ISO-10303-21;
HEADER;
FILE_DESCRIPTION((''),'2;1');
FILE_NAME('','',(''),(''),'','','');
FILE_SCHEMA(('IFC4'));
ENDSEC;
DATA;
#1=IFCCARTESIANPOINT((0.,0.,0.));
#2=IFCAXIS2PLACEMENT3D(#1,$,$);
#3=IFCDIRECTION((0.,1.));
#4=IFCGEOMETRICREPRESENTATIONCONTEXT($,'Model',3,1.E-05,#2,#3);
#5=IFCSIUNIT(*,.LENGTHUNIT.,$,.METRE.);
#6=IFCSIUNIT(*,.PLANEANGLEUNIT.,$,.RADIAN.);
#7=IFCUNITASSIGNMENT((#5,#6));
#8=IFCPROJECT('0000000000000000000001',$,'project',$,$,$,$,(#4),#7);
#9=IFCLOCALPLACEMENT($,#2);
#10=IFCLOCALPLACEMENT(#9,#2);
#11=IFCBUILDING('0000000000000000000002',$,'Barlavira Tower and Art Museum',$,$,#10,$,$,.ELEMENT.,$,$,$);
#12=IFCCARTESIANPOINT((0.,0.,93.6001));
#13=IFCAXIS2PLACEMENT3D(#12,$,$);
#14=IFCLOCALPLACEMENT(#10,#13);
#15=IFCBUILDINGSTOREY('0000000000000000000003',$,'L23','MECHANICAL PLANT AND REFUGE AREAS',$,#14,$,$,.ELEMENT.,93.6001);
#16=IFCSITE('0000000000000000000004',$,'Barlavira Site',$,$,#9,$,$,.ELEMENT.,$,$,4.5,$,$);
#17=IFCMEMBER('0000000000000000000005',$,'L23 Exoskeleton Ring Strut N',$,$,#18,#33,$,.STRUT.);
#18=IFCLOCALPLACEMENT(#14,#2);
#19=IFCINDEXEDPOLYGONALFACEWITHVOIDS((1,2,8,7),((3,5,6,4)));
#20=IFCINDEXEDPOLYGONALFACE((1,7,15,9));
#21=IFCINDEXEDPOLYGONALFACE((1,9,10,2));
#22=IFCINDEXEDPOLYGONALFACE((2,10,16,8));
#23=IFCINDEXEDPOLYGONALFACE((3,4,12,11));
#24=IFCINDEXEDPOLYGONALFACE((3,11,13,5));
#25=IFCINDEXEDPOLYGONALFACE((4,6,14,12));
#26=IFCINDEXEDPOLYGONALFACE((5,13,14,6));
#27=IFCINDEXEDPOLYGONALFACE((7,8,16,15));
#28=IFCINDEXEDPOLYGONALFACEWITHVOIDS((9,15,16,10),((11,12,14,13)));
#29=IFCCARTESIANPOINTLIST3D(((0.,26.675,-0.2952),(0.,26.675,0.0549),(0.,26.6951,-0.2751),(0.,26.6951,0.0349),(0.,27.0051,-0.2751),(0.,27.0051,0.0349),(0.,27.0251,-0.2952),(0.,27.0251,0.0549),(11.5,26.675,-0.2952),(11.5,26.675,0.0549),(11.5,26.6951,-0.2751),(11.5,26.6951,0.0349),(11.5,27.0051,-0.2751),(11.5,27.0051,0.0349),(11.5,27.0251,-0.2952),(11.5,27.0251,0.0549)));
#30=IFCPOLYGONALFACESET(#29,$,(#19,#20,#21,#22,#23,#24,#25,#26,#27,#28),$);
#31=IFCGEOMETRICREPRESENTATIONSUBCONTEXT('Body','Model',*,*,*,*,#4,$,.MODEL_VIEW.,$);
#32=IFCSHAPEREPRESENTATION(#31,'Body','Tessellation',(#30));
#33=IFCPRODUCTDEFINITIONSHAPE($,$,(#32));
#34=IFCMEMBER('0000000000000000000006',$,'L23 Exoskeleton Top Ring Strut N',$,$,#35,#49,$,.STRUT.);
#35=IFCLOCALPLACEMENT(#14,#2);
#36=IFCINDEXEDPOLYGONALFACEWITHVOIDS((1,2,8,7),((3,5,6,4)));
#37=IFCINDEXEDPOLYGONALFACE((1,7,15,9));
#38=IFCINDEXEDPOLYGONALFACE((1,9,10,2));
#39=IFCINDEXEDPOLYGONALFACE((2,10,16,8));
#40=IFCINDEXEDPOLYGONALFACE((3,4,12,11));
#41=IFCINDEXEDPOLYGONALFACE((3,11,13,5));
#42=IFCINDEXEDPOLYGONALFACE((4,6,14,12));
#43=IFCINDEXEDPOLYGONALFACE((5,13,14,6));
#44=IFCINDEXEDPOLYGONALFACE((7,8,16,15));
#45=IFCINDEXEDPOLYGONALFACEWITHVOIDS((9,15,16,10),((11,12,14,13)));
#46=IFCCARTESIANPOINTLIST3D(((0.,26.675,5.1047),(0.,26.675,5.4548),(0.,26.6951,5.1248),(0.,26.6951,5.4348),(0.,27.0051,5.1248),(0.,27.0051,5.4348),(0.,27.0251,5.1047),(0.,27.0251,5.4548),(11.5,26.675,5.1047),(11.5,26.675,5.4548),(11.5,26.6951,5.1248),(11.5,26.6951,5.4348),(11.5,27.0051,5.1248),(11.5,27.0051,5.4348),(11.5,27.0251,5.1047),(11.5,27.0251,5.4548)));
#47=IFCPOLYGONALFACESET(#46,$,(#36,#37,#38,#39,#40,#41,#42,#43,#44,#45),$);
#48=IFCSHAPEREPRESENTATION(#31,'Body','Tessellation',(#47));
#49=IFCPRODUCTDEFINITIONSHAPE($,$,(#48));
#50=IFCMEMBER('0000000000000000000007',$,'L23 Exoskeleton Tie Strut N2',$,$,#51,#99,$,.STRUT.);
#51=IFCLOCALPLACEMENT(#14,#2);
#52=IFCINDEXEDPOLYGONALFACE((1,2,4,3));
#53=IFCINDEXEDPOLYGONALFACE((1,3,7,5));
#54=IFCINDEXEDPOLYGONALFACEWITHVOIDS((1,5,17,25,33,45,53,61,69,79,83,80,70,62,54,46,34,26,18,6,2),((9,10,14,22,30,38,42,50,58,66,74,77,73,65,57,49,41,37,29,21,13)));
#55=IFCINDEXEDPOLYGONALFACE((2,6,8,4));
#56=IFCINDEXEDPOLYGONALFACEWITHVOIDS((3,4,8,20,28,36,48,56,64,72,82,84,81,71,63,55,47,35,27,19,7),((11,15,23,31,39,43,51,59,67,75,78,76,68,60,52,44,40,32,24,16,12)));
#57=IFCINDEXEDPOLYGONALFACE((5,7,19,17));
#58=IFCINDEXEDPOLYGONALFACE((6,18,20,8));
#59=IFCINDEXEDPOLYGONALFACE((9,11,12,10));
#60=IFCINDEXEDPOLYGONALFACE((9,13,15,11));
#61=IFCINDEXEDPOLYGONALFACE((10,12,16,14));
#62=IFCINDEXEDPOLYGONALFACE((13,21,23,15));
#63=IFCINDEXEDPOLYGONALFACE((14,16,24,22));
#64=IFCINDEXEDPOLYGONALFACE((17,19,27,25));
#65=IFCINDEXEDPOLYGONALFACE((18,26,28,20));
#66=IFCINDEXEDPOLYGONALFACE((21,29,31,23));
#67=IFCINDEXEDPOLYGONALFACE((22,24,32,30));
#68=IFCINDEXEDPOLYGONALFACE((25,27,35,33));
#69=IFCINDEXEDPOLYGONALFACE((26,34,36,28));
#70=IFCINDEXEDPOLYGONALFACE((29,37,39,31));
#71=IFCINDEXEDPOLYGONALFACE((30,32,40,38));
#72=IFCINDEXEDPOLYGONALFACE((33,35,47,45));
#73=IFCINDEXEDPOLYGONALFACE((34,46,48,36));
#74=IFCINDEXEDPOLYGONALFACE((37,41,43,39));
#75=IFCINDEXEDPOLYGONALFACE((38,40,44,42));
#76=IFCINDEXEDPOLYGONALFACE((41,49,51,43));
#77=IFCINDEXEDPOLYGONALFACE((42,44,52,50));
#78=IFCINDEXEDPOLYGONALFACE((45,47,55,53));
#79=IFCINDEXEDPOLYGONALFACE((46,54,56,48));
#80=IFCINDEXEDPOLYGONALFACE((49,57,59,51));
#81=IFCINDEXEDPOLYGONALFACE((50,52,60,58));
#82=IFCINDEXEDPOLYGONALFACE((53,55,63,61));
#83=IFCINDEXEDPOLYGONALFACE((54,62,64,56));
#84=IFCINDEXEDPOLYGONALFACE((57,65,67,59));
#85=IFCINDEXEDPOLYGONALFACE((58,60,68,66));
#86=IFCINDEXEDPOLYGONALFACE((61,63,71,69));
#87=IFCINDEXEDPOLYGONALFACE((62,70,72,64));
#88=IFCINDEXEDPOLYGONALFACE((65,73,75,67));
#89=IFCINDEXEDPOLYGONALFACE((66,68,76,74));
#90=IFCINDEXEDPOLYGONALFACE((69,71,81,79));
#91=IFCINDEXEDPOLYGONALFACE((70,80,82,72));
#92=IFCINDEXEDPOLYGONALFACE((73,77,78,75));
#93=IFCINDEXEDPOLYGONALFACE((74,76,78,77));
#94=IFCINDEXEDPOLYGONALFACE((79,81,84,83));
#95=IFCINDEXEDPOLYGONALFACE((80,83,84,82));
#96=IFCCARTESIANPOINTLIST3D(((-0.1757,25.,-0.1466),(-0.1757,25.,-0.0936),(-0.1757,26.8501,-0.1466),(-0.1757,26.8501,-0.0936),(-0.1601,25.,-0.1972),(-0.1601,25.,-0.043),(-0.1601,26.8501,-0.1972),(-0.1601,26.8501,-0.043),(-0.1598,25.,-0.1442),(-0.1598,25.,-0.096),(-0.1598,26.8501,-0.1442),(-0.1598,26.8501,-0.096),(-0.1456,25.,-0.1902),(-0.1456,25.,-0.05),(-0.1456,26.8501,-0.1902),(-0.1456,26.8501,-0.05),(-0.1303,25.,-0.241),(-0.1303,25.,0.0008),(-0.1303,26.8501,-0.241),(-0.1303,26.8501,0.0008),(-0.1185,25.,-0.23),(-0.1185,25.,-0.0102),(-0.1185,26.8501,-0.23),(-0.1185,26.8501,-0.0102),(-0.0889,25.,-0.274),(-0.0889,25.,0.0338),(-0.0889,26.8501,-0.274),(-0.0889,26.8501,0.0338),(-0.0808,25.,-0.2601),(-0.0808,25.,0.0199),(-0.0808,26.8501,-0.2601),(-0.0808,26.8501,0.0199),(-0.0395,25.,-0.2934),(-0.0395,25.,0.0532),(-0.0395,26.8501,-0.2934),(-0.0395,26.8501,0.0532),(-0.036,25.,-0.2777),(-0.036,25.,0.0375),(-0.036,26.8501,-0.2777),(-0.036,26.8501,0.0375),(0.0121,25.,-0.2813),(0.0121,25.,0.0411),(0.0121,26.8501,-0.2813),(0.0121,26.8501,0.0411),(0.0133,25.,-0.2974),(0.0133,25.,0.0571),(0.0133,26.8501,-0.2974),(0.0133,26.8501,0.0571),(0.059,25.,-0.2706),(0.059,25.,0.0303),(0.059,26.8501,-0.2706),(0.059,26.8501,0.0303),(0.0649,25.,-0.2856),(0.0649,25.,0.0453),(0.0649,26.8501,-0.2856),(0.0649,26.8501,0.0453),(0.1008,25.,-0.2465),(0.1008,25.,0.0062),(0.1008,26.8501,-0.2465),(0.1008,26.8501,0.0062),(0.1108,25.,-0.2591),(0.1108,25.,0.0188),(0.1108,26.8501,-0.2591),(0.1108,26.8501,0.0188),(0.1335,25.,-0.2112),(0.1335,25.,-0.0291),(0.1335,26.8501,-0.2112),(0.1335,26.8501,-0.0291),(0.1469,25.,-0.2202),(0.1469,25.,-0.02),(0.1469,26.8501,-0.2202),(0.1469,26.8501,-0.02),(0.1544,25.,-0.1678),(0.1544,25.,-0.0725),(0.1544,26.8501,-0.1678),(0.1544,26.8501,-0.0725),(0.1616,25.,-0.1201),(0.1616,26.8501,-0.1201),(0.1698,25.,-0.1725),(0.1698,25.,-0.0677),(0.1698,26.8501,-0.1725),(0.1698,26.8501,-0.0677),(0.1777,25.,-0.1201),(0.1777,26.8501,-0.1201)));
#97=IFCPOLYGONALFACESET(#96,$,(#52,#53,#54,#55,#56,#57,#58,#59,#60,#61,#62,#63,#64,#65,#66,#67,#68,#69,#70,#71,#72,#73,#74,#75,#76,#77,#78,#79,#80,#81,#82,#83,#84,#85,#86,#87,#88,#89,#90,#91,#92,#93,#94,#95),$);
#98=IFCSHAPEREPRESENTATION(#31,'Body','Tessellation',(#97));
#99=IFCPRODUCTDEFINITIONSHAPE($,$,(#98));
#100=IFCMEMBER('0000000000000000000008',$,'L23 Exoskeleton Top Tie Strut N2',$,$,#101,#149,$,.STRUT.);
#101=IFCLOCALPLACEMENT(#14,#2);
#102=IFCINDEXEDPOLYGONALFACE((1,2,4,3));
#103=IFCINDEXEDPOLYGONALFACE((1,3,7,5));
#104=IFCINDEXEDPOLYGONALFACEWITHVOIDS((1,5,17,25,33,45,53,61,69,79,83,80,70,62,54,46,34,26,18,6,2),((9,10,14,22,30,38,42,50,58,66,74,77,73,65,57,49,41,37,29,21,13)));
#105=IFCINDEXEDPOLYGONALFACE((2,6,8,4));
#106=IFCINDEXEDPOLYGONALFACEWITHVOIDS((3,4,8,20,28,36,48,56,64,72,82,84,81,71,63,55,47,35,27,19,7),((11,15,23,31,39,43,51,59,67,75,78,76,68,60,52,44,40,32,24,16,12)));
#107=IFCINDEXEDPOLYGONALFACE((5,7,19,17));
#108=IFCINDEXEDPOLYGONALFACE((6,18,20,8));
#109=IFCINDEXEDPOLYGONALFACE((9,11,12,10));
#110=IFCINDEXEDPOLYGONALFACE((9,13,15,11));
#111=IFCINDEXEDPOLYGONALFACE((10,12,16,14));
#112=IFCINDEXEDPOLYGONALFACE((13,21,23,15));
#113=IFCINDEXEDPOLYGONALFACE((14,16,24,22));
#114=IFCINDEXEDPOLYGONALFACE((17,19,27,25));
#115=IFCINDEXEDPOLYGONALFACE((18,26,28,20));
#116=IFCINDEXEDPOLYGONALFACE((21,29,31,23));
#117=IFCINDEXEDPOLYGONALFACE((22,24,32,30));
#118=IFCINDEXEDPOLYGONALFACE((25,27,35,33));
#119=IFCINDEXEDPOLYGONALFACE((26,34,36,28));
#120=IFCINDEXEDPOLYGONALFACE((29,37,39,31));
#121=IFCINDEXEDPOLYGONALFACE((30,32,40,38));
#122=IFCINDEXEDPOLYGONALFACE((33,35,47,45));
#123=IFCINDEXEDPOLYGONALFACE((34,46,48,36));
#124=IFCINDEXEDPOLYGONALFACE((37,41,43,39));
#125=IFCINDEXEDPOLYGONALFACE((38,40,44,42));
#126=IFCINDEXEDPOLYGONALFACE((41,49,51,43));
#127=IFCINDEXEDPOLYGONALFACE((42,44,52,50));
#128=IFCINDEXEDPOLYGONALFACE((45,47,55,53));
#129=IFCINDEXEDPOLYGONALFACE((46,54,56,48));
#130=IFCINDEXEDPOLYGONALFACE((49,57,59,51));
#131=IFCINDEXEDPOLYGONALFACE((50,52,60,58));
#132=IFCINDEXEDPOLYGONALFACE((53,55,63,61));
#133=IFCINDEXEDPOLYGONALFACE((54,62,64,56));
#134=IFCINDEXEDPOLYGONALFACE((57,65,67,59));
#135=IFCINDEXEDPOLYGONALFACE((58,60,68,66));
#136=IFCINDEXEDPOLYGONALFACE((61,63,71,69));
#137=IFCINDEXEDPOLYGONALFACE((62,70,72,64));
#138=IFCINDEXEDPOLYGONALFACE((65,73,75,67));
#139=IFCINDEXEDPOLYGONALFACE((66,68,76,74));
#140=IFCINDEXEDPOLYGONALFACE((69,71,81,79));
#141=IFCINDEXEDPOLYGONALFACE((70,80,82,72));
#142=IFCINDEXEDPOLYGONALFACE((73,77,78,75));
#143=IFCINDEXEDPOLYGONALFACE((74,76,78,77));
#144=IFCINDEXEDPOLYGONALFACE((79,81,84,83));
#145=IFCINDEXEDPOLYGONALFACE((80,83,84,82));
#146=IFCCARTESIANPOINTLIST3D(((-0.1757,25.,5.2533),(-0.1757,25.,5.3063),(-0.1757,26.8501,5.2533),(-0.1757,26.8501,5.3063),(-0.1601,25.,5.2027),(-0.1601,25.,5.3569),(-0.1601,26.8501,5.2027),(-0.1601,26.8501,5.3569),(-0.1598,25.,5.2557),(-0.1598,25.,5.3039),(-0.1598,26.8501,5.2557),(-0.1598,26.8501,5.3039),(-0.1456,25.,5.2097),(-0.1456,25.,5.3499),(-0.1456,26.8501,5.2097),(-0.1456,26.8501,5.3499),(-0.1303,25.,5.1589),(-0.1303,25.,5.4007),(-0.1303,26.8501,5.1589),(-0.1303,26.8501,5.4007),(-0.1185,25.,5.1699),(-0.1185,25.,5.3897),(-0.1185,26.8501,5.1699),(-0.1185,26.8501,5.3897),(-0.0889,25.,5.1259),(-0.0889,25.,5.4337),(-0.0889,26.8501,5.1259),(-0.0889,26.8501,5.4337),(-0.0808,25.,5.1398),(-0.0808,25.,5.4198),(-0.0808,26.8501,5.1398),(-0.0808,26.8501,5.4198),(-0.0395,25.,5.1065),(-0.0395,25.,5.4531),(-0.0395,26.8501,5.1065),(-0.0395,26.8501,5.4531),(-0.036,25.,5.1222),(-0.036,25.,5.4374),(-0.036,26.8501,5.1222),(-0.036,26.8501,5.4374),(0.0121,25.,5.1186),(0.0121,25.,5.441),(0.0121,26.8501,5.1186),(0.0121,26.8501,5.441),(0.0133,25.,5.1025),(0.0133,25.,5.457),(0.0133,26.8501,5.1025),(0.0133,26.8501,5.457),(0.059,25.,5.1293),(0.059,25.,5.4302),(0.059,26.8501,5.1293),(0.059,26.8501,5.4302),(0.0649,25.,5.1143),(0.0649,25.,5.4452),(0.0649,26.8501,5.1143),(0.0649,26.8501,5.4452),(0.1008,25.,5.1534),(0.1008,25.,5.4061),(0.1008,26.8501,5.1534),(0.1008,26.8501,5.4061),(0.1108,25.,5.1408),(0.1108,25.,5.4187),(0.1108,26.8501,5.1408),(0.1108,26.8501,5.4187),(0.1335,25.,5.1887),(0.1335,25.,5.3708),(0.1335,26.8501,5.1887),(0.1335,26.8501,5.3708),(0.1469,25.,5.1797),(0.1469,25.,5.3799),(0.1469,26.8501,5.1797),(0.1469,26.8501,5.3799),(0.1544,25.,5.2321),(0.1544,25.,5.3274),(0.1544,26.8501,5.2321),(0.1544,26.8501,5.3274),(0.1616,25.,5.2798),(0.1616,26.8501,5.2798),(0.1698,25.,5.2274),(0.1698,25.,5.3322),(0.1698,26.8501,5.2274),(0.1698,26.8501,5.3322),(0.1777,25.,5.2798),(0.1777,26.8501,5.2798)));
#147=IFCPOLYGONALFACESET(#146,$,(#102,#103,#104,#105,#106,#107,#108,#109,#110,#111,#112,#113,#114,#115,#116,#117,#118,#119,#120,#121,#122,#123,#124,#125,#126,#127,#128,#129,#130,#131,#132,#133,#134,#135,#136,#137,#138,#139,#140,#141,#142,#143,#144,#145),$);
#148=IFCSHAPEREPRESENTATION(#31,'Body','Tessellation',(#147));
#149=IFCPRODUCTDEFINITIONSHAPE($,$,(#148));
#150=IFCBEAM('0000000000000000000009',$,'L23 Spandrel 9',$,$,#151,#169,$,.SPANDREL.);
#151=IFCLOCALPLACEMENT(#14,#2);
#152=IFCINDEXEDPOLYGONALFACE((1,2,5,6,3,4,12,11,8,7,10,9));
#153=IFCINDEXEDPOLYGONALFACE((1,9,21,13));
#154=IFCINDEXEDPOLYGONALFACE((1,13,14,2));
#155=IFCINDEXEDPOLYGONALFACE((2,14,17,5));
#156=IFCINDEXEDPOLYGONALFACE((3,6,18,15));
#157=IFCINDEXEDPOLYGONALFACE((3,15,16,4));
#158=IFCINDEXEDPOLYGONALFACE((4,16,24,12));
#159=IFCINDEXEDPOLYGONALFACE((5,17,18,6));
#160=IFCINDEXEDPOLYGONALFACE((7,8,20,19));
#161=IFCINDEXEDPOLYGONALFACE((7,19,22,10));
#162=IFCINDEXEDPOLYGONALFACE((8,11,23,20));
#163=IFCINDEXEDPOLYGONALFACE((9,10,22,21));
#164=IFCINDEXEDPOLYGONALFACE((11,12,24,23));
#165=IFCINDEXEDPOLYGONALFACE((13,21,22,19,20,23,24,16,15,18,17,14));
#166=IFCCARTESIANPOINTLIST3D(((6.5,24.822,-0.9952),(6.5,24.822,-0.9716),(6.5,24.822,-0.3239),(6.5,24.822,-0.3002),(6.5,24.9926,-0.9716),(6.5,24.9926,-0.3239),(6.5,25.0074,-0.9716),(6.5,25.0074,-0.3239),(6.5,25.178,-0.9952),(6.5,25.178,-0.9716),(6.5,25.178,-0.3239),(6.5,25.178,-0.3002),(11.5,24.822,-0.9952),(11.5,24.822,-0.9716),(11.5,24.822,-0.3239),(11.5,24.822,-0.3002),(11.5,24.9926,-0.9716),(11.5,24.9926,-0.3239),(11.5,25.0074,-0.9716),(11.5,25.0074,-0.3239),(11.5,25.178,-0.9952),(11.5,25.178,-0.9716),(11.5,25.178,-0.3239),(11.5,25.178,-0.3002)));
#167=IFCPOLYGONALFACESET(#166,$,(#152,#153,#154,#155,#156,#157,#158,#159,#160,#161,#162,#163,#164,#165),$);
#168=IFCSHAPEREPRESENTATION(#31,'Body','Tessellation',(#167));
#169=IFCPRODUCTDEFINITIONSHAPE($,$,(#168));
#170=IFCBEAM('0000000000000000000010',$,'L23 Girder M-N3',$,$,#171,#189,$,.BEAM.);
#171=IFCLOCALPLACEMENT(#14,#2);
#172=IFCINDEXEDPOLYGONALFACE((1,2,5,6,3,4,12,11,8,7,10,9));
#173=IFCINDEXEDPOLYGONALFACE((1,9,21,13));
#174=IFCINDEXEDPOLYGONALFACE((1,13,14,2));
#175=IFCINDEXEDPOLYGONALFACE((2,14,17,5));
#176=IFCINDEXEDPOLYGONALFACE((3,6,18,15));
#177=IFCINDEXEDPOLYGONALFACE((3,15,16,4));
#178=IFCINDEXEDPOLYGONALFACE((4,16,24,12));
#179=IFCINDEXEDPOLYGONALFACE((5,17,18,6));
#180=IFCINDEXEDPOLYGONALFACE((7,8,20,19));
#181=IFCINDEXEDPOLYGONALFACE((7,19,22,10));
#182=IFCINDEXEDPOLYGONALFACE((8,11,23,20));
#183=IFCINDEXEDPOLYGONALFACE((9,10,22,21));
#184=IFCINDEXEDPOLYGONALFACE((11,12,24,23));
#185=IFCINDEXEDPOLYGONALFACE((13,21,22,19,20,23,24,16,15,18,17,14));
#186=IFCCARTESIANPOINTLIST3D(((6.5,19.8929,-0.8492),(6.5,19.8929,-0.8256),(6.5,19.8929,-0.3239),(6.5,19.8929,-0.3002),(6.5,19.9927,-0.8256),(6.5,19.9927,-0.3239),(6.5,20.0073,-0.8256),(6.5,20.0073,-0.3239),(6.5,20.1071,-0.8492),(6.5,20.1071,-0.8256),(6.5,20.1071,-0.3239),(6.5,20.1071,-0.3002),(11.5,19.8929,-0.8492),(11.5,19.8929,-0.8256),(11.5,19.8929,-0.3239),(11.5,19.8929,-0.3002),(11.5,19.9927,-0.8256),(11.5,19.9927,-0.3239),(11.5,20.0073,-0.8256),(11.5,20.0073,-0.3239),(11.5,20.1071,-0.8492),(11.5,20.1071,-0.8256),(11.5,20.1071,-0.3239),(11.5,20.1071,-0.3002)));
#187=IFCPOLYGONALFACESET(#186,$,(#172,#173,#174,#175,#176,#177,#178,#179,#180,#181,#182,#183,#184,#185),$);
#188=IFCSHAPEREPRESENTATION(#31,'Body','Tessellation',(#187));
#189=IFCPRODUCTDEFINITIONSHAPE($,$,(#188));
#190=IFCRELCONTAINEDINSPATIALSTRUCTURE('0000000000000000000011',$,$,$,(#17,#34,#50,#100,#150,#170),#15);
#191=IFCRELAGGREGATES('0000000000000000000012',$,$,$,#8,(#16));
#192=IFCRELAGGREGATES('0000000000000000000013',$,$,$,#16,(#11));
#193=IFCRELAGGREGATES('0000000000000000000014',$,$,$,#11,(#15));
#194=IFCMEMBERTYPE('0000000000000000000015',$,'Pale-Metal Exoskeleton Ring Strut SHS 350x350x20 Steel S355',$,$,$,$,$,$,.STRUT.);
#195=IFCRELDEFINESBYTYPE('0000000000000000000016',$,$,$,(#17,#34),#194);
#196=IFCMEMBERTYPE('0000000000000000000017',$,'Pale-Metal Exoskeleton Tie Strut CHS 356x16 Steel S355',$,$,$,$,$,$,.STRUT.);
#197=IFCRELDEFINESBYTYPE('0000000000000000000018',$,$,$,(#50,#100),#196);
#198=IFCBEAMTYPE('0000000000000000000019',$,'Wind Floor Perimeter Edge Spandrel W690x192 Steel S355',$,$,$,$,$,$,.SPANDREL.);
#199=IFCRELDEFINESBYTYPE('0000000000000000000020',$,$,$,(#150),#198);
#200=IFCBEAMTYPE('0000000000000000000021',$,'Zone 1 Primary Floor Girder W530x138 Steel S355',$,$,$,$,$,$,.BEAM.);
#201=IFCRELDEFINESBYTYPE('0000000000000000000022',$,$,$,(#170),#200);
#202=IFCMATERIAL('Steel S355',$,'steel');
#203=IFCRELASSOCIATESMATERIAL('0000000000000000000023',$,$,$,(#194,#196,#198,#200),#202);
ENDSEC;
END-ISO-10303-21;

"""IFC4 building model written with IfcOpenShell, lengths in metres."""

from ifc_helpers import new_model, si_unit, direction, frame, origin, origin_2d, place, context, subcontext, project, spatial, hollow_rectangle, hollow_circle, i_section, extrude, material, material_profile, profile_set, type_object, element, save


model = new_model("IFC4")

# Units and contexts
model_context = context("Model", 3, precision=1e-05, world=origin(), true_north=direction((0.0, 1.0)))
body_context = subcontext(model_context, "Body", "Model", "MODEL_VIEW")
ifc_project = project(units=[si_unit("LENGTHUNIT", "METRE"), si_unit("PLANEANGLEUNIT", "RADIAN")], contexts=[model_context])

# Site, building, storey
site_placement = place(None, origin())
site = spatial("IfcSite", under=ifc_project, at=site_placement, Name="Barlavira Site", CompositionType="ELEMENT", RefElevation=4.5)
building_placement = place(site_placement, origin())
building = spatial("IfcBuilding", under=site, at=building_placement, Name="Barlavira Tower and Art Museum", CompositionType="ELEMENT")
storey_placement = place(building_placement, frame((0.0, 0.0, 93.6001)))
storey = spatial("IfcBuildingStorey", under=building, at=storey_placement, Name="L23", Description="MECHANICAL PLANT AND REFUGE AREAS", CompositionType="ELEMENT", Elevation=93.6001)

# Members
ifc_material_1 = material(Name="Steel S355", Category="steel")
ifc_material_profile_1 = material_profile(ifc_material_1, hollow_rectangle(XDim=0.3501, YDim=0.3501, WallThickness=0.02, at=origin_2d()), Name="SHS 350x350x20.0")
ifc_profile_set_1 = profile_set([ifc_material_profile_1], Name="Steel S355")
member_type_1 = type_object("IfcMemberType", Name="Pale-Metal Exoskeleton Ring Strut SHS 350x350x20 Steel S355", PredefinedType="STRUT", material=ifc_profile_set_1)
for number, where, z_axis, x_axis, name in (
    (1, (0.0, 26.8501, -0.1201), (1.0, 0.0, 0.0), (0.0, 1.0, 0.0), "L23 Exoskeleton Ring Strut N"),
    (2, (0.0, 26.8501, 5.2798), (1.0, 0.0, 0.0), (0.0, 1.0, 0.0), "L23 Exoskeleton Top Ring Strut N"),
):
    element("IfcMember", number, at=place(storey_placement, frame(where, z_axis=z_axis, x_axis=x_axis)), inside=storey, type_object=member_type_1, Name=name, PredefinedType="STRUT", context=body_context, shape_type="SweptSolid", body=[
        extrude(hollow_rectangle(XDim=0.3501, YDim=0.3501, WallThickness=0.02, at=origin_2d()), origin(), (0.0, 0.0, 1.0), 11.5),
    ])
ifc_material_profile_2 = material_profile(ifc_material_1, hollow_circle(Radius=0.1777, WallThickness=0.0161, at=origin_2d()), Name="CHS 355.6x16.0")
ifc_profile_set_2 = profile_set([ifc_material_profile_2], Name="Steel S355")
member_type_2 = type_object("IfcMemberType", Name="Pale-Metal Exoskeleton Tie Strut CHS 356x16 Steel S355", PredefinedType="STRUT", material=ifc_profile_set_2)
for number, where, z_axis, x_axis, name in (
    (3, (0.0, 26.8501, -0.1201), (0.0, -1.0, 0.0), (1.0, 0.0, 0.0), "L23 Exoskeleton Tie Strut N2"),
    (4, (0.0, 26.8501, 5.2798), (0.0, -1.0, 0.0), (1.0, 0.0, 0.0), "L23 Exoskeleton Top Tie Strut N2"),
):
    element("IfcMember", number, at=place(storey_placement, frame(where, z_axis=z_axis, x_axis=x_axis)), inside=storey, type_object=member_type_2, Name=name, PredefinedType="STRUT", context=body_context, shape_type="SweptSolid", body=[
        extrude(hollow_circle(Radius=0.1777, WallThickness=0.0161, at=origin_2d()), origin(), (0.0, 0.0, 1.0), 1.8501),
    ])

# Beams
ifc_material_profile_3 = material_profile(ifc_material_1, i_section(OverallWidth=0.356, OverallDepth=0.6951, WebThickness=0.0149, FlangeThickness=0.0237, at=origin_2d()), Name="W690x192.0")
ifc_profile_set_3 = profile_set([ifc_material_profile_3], Name="Steel S355")
beam_type_1 = type_object("IfcBeamType", Name="Wind Floor Perimeter Edge Spandrel W690x192 Steel S355", PredefinedType="SPANDREL", material=ifc_profile_set_3)
beam_placement = place(storey_placement, frame((6.5, 25.0, -0.6477), z_axis=(1.0, 0.0, 0.0), x_axis=(0.0, 1.0, 0.0)))
element("IfcBeam", 5, at=beam_placement, inside=storey, type_object=beam_type_1, Name="L23 Spandrel 9", PredefinedType="SPANDREL", context=body_context, shape_type="SweptSolid", body=[
    extrude(i_section(OverallWidth=0.356, OverallDepth=0.6951, WebThickness=0.0149, FlangeThickness=0.0237, at=origin_2d()), origin(), (0.0, 0.0, 1.0), 5.0),
])
ifc_material_profile_4 = material_profile(ifc_material_1, i_section(OverallWidth=0.2141, OverallDepth=0.5491, WebThickness=0.0146, FlangeThickness=0.0237, at=origin_2d()), Name="W530x138.0")
ifc_profile_set_4 = profile_set([ifc_material_profile_4], Name="Steel S355")
beam_type_2 = type_object("IfcBeamType", Name="Zone 1 Primary Floor Girder W530x138 Steel S355", PredefinedType="BEAM", material=ifc_profile_set_4)
for number, where, z_axis, x_axis, name in (
    (6, (6.5, 20.0, -0.5747), (1.0, 0.0, 0.0), (0.0, 1.0, 0.0), "L23 Girder M-N3"),
):
    element("IfcBeam", number, at=place(storey_placement, frame(where, z_axis=z_axis, x_axis=x_axis)), inside=storey, type_object=beam_type_2, Name=name, PredefinedType="BEAM", context=body_context, shape_type="SweptSolid", body=[
        extrude(i_section(OverallWidth=0.2141, OverallDepth=0.5491, WebThickness=0.0146, FlangeThickness=0.0237, at=origin_2d()), origin(), (0.0, 0.0, 1.0), 5.0),
    ])

save(model, "model.ifc")
